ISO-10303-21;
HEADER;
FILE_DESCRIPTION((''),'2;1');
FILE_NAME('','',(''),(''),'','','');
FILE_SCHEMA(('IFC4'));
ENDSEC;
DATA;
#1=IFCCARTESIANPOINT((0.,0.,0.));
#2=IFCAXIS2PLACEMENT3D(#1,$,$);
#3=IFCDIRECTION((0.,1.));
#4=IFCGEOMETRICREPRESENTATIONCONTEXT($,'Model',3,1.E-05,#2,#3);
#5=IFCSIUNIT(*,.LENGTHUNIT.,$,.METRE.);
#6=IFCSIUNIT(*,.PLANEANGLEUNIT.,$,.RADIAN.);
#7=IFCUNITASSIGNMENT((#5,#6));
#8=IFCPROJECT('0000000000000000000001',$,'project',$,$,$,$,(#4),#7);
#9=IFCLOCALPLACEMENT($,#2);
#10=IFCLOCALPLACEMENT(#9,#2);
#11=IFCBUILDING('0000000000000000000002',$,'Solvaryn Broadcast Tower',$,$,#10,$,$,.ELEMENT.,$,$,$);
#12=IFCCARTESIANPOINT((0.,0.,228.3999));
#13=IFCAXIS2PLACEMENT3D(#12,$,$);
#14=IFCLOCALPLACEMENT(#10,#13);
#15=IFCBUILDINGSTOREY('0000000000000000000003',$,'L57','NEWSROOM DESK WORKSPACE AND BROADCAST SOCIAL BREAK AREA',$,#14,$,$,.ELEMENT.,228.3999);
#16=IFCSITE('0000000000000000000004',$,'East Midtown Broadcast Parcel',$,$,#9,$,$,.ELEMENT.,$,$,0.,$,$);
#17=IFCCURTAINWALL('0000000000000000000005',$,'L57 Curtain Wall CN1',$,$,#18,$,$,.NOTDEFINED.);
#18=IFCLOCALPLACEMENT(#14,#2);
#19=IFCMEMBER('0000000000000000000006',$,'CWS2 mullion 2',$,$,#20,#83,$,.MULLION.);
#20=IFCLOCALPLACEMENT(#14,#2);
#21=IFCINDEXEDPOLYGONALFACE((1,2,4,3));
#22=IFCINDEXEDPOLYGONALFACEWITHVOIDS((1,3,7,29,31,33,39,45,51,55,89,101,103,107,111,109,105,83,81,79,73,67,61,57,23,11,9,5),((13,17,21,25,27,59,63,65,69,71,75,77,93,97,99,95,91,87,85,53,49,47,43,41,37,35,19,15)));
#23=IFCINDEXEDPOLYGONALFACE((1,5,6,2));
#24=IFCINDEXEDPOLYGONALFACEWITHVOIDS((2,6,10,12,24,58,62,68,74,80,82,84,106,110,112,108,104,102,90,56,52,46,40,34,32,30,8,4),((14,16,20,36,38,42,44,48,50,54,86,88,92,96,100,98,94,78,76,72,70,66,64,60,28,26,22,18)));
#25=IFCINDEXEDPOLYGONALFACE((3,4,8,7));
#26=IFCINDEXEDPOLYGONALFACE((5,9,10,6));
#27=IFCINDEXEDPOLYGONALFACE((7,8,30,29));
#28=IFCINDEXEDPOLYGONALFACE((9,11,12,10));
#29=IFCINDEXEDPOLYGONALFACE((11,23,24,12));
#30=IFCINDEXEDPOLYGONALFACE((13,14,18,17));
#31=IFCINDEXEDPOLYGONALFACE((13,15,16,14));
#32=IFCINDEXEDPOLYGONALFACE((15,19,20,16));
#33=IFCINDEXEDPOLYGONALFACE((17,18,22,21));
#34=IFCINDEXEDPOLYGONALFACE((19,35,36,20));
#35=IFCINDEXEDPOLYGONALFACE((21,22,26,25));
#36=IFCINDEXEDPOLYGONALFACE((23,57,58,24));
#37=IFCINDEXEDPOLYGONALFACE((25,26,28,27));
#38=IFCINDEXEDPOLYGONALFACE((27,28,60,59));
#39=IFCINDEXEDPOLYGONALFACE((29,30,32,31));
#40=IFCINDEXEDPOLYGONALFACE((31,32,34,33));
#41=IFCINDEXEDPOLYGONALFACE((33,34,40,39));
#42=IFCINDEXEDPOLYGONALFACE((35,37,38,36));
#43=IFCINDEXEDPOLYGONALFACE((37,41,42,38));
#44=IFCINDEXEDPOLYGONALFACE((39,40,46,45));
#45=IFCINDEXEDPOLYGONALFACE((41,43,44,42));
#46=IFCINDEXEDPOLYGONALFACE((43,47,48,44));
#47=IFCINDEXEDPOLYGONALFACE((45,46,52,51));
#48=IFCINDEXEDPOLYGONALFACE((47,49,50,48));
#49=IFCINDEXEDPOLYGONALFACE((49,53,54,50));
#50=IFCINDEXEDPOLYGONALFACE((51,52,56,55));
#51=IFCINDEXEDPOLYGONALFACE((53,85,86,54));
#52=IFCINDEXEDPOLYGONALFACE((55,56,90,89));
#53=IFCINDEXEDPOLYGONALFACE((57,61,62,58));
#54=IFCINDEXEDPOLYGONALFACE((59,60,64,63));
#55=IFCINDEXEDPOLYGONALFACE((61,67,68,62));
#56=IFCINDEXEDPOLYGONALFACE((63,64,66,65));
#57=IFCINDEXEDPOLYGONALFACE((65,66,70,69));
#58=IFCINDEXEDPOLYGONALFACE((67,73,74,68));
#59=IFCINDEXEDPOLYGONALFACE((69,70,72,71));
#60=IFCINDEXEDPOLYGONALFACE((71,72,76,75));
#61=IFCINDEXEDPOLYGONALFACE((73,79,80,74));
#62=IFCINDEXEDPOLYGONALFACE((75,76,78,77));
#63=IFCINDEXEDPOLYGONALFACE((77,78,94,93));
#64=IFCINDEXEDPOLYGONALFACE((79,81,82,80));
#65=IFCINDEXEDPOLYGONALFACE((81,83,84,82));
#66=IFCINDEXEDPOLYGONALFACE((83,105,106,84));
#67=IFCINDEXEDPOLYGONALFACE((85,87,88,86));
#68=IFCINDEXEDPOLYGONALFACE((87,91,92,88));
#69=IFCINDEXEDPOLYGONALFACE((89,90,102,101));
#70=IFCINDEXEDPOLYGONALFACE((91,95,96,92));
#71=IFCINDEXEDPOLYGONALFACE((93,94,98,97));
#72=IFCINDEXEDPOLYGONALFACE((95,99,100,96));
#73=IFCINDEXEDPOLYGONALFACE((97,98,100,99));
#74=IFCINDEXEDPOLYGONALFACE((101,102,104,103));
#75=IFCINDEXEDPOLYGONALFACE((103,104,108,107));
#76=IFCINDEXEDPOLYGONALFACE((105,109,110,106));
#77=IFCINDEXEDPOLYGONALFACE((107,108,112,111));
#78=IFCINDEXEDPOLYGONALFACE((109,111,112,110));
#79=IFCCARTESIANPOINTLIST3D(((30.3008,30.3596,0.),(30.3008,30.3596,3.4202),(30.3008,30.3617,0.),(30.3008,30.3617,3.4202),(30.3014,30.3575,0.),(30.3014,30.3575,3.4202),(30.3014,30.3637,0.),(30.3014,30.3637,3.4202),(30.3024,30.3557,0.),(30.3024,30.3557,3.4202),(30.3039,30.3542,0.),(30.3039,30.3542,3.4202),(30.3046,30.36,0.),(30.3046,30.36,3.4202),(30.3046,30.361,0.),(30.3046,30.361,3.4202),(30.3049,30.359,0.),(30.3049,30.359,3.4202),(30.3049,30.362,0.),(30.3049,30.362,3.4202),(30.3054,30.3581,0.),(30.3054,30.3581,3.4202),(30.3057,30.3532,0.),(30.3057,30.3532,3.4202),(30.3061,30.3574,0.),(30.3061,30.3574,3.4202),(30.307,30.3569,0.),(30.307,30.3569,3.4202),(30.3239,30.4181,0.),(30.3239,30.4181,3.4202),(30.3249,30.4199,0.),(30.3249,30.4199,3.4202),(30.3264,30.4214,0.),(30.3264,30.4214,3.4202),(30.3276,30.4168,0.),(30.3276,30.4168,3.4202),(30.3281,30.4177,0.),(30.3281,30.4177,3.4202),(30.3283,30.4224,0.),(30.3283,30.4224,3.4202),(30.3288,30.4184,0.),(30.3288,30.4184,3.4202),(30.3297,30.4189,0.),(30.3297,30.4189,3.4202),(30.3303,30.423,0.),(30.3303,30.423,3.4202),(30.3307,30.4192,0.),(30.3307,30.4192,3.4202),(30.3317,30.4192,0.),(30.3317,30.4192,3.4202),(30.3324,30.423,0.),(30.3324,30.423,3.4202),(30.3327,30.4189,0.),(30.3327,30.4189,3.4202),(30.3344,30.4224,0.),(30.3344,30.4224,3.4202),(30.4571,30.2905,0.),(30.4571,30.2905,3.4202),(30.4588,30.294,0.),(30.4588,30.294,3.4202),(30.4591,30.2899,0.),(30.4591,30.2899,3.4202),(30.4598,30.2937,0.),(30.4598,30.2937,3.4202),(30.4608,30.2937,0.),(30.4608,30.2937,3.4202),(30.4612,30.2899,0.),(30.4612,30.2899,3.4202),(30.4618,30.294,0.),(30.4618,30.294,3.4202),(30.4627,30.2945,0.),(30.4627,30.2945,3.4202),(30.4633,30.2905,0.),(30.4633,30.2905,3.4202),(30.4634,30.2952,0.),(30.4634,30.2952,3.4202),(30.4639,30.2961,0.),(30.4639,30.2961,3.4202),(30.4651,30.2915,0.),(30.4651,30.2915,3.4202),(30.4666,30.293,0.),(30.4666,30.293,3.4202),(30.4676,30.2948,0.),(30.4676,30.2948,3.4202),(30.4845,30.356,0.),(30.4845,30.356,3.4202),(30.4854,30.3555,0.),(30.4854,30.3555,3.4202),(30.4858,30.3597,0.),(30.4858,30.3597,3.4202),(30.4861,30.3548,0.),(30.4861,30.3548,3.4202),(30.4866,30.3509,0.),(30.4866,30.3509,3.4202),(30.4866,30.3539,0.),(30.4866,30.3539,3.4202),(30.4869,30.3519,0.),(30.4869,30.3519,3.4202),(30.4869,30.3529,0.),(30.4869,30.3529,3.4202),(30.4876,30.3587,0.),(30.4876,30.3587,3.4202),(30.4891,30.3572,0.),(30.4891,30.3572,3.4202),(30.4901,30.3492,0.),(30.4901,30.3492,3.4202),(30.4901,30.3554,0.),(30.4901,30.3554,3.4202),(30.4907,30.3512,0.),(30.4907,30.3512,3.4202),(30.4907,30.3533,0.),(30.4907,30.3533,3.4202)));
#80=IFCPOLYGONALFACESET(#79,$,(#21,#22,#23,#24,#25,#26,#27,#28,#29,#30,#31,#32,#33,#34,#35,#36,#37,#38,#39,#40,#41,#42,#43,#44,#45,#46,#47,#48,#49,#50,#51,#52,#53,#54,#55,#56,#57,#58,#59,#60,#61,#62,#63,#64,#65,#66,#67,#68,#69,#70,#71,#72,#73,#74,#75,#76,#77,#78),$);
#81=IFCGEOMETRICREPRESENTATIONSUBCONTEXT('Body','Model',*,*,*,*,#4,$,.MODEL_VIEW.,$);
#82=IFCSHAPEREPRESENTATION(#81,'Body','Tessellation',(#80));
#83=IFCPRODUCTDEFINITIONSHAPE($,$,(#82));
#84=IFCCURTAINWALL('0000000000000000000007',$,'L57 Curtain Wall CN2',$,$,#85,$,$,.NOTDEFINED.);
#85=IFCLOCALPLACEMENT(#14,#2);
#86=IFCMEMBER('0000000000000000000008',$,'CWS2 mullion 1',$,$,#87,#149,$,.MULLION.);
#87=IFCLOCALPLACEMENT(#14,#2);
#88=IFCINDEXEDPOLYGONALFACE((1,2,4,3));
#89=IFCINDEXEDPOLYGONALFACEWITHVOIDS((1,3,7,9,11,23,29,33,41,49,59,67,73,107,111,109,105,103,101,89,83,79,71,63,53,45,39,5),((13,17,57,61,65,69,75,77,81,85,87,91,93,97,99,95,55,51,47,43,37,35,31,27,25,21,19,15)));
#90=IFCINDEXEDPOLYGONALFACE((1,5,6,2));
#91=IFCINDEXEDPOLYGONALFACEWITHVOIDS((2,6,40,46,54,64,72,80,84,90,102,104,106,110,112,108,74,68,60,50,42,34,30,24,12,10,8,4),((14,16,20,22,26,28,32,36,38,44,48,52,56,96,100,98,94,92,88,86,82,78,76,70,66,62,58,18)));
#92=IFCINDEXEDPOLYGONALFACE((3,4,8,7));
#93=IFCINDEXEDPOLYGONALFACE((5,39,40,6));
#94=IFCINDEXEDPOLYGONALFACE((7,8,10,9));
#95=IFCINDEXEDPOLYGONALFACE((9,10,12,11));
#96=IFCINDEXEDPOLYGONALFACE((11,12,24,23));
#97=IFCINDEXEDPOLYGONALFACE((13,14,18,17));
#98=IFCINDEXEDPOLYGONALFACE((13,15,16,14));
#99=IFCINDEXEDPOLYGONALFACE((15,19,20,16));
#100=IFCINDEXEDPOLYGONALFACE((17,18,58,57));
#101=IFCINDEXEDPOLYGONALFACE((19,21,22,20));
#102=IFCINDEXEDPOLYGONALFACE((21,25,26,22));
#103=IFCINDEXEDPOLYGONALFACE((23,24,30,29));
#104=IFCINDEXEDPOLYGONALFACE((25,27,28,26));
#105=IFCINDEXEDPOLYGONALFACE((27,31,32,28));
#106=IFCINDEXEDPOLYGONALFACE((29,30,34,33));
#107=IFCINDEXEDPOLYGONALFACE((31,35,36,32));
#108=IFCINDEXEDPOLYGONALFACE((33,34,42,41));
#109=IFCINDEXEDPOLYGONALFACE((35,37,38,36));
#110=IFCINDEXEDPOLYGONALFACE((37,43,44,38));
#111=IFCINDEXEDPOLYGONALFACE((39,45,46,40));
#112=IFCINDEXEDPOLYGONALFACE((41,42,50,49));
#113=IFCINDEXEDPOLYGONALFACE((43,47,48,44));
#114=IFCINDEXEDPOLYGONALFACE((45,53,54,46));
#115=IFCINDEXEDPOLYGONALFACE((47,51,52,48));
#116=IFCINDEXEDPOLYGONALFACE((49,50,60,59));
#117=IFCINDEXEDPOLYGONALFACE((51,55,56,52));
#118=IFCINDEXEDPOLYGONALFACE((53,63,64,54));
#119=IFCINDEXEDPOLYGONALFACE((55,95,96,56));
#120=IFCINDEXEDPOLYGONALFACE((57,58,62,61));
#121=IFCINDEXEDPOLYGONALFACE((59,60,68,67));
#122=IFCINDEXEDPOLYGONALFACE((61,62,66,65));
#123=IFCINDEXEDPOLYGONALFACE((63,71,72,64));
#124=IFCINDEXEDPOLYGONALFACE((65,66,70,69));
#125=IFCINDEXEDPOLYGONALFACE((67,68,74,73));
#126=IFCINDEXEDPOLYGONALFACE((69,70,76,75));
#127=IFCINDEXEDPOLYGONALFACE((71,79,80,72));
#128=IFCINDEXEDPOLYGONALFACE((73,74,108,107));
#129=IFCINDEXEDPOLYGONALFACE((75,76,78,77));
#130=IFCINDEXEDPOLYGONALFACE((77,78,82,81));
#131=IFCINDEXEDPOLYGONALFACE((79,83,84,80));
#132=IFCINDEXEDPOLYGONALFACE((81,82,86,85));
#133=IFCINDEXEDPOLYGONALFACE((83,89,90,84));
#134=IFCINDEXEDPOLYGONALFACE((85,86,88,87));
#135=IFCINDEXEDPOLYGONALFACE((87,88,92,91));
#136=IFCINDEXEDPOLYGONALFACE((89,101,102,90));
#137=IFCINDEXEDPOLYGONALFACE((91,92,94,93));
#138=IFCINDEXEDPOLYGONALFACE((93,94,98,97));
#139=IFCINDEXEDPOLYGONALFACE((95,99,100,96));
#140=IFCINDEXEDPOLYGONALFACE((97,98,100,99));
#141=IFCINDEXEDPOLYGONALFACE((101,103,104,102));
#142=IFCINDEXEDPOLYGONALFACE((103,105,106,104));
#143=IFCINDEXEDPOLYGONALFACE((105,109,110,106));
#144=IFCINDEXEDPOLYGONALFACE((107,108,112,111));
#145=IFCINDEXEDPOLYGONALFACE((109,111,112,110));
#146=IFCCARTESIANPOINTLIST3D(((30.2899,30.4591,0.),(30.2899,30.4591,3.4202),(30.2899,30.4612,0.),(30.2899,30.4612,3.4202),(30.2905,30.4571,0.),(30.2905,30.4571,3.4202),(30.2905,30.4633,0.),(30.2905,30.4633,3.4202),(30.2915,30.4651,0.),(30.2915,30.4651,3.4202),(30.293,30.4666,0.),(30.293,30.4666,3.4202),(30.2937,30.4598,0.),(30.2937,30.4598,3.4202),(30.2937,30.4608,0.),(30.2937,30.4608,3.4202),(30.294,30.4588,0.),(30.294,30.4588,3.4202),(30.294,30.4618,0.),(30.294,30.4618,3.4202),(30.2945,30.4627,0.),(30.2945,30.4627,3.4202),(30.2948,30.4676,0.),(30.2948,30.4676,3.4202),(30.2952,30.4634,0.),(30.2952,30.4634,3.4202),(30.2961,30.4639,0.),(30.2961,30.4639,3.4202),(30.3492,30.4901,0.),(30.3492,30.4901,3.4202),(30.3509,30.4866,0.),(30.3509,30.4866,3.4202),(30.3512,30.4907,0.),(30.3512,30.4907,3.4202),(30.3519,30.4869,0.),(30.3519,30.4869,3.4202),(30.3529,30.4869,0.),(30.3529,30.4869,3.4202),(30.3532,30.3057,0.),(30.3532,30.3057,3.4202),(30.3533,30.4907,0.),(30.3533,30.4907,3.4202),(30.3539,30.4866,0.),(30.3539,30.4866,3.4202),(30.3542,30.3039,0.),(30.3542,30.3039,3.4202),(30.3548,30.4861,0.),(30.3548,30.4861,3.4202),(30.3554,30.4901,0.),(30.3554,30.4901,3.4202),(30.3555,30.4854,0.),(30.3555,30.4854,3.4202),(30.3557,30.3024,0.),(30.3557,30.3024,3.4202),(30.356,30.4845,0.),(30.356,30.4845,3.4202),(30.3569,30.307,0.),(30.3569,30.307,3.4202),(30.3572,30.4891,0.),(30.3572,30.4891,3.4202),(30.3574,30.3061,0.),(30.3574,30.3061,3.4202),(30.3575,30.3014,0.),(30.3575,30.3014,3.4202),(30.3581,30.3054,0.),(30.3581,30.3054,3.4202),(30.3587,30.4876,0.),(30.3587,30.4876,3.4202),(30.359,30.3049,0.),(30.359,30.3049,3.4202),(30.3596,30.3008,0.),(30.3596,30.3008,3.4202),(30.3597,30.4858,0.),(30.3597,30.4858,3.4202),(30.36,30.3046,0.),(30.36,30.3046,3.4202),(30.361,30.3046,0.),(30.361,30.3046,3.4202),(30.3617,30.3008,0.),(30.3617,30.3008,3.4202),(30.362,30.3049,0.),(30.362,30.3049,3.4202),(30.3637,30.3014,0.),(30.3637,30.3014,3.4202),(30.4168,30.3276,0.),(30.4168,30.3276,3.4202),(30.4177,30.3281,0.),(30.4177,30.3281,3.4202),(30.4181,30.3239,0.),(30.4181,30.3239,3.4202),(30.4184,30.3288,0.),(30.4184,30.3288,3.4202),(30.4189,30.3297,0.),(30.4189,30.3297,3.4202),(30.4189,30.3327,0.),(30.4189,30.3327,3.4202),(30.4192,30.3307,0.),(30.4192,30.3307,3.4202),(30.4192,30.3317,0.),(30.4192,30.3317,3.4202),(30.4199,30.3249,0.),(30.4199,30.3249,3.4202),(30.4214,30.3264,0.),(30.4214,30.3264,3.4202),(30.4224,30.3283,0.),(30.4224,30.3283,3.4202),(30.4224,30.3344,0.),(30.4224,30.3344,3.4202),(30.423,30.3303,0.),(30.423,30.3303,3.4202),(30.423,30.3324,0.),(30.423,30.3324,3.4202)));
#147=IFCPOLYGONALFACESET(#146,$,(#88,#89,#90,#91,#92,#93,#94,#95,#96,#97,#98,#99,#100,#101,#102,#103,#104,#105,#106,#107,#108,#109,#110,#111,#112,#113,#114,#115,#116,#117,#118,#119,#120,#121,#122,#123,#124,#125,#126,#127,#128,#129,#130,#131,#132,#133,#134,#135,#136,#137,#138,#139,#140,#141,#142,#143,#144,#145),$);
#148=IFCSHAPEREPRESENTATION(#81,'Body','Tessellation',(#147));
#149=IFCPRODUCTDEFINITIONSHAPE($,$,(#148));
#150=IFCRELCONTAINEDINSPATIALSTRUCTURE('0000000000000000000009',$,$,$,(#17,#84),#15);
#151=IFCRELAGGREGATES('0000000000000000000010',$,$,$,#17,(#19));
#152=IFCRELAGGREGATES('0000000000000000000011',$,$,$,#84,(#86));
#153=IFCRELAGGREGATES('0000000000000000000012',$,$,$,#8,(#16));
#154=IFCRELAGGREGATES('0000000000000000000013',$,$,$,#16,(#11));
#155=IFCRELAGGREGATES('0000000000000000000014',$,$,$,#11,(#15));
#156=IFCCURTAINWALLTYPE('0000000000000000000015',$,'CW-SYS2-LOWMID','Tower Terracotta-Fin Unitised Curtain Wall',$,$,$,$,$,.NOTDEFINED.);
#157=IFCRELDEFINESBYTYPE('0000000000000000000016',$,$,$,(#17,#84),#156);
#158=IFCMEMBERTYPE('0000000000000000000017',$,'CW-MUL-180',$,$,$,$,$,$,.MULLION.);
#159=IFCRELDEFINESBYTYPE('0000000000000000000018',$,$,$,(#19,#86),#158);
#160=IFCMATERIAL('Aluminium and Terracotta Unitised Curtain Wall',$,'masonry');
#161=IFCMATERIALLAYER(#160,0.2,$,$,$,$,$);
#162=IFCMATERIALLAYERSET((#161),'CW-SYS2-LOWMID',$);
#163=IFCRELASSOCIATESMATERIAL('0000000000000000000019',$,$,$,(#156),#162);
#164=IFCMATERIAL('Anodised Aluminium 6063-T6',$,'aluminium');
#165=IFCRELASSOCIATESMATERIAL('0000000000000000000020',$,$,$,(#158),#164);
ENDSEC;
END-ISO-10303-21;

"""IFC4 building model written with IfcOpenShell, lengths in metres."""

from ifc_helpers import new_model, si_unit, direction, frame, origin, origin_2d, place, context, subcontext, project, spatial, hollow_rectangle, extrude, material, layer, layer_set, material_profile, profile_set, type_object, element, aggregate, save


model = new_model("IFC4")

# Units and contexts
model_context = context("Model", 3, precision=1e-05, world=origin(), true_north=direction((0.0, 1.0)))
body_context = subcontext(model_context, "Body", "Model", "MODEL_VIEW")
ifc_project = project(units=[si_unit("LENGTHUNIT", "METRE"), si_unit("PLANEANGLEUNIT", "RADIAN")], contexts=[model_context])

# Site, building, storey
site_placement = place(None, origin())
site = spatial("IfcSite", under=ifc_project, at=site_placement, Name="East Midtown Broadcast Parcel", CompositionType="ELEMENT", RefElevation=0.0)
building_placement = place(site_placement, origin())
building = spatial("IfcBuilding", under=site, at=building_placement, Name="Solvaryn Broadcast Tower", CompositionType="ELEMENT")
storey_placement = place(building_placement, frame((0.0, 0.0, 228.3999)))
storey = spatial("IfcBuildingStorey", under=building, at=storey_placement, Name="L57", Description="NEWSROOM DESK WORKSPACE AND BROADCAST SOCIAL BREAK AREA", CompositionType="ELEMENT", Elevation=228.3999)

# Curtain wall, member
ifc_material_1 = material(Name="Aluminium and Terracotta Unitised Curtain Wall", Category="masonry")
ifc_layer_1 = layer(ifc_material_1, 0.2)
ifc_layer_set_1 = layer_set([ifc_layer_1], Name="CW-SYS2-LOWMID")
curtain_wall_type = type_object("IfcCurtainWallType", Name="CW-SYS2-LOWMID", Description="Tower Terracotta-Fin Unitised Curtain Wall", PredefinedType="NOTDEFINED", material=ifc_layer_set_1)
curtain_wall_1_placement = place(storey_placement, origin())
curtain_wall_1 = element("IfcCurtainWall", 1, at=curtain_wall_1_placement, inside=storey, type_object=curtain_wall_type, Name="L57 Curtain Wall CN1", PredefinedType="NOTDEFINED")
ifc_material_2 = material(Name="Anodised Aluminium 6063-T6", Category="aluminium")
ifc_material_profile_1 = material_profile(ifc_material_2, hollow_rectangle(XDim=0.075, YDim=0.1799, WallThickness=0.0039, InnerFilletRadius=0.0039, OuterFilletRadius=0.0081, at=origin_2d()))
ifc_profile_set_1 = profile_set([ifc_material_profile_1], Name="Anodised Aluminium 6063-T6")
member_type_1 = type_object("IfcMemberType", Name="CW-MUL-180", PredefinedType="MULLION", material=ifc_profile_set_1)
member_1_placement = place(storey_placement, frame((30.3958, 30.3564, 0.0), z_axis=(0.0, 0.0, 1.0), x_axis=(-0.382646, -0.923895, 0.0)))
member_1 = element("IfcMember", 2, at=member_1_placement, type_object=member_type_1, Name="CWS2 mullion 2", PredefinedType="MULLION", context=body_context, shape_type="SweptSolid", body=[
    extrude(hollow_rectangle(XDim=0.075, YDim=0.1799, WallThickness=0.0039, InnerFilletRadius=0.0039, OuterFilletRadius=0.0081, at=origin_2d()), origin(), (0.0, 0.0, 1.0), 3.4202),
])

# Curtain wall, member
curtain_wall_2_placement = place(storey_placement, origin())
curtain_wall_2 = element("IfcCurtainWall", 3, at=curtain_wall_2_placement, inside=storey, type_object=curtain_wall_type, Name="L57 Curtain Wall CN2", PredefinedType="NOTDEFINED")
member_2_placement = place(storey_placement, frame((30.3564, 30.3958, 0.0), z_axis=(0.0, 0.0, 1.0), x_axis=(-0.923895, -0.382646, 0.0)))
member_2 = element("IfcMember", 4, at=member_2_placement, type_object=member_type_1, Name="CWS2 mullion 1", PredefinedType="MULLION", context=body_context, shape_type="SweptSolid", body=[
    extrude(hollow_rectangle(XDim=0.075, YDim=0.1799, WallThickness=0.0039, InnerFilletRadius=0.0039, OuterFilletRadius=0.0081, at=origin_2d()), origin(), (0.0, 0.0, 1.0), 3.4202),
])

aggregate(curtain_wall_1, [member_1])
aggregate(curtain_wall_2, [member_2])

save(model, "model.ifc")
